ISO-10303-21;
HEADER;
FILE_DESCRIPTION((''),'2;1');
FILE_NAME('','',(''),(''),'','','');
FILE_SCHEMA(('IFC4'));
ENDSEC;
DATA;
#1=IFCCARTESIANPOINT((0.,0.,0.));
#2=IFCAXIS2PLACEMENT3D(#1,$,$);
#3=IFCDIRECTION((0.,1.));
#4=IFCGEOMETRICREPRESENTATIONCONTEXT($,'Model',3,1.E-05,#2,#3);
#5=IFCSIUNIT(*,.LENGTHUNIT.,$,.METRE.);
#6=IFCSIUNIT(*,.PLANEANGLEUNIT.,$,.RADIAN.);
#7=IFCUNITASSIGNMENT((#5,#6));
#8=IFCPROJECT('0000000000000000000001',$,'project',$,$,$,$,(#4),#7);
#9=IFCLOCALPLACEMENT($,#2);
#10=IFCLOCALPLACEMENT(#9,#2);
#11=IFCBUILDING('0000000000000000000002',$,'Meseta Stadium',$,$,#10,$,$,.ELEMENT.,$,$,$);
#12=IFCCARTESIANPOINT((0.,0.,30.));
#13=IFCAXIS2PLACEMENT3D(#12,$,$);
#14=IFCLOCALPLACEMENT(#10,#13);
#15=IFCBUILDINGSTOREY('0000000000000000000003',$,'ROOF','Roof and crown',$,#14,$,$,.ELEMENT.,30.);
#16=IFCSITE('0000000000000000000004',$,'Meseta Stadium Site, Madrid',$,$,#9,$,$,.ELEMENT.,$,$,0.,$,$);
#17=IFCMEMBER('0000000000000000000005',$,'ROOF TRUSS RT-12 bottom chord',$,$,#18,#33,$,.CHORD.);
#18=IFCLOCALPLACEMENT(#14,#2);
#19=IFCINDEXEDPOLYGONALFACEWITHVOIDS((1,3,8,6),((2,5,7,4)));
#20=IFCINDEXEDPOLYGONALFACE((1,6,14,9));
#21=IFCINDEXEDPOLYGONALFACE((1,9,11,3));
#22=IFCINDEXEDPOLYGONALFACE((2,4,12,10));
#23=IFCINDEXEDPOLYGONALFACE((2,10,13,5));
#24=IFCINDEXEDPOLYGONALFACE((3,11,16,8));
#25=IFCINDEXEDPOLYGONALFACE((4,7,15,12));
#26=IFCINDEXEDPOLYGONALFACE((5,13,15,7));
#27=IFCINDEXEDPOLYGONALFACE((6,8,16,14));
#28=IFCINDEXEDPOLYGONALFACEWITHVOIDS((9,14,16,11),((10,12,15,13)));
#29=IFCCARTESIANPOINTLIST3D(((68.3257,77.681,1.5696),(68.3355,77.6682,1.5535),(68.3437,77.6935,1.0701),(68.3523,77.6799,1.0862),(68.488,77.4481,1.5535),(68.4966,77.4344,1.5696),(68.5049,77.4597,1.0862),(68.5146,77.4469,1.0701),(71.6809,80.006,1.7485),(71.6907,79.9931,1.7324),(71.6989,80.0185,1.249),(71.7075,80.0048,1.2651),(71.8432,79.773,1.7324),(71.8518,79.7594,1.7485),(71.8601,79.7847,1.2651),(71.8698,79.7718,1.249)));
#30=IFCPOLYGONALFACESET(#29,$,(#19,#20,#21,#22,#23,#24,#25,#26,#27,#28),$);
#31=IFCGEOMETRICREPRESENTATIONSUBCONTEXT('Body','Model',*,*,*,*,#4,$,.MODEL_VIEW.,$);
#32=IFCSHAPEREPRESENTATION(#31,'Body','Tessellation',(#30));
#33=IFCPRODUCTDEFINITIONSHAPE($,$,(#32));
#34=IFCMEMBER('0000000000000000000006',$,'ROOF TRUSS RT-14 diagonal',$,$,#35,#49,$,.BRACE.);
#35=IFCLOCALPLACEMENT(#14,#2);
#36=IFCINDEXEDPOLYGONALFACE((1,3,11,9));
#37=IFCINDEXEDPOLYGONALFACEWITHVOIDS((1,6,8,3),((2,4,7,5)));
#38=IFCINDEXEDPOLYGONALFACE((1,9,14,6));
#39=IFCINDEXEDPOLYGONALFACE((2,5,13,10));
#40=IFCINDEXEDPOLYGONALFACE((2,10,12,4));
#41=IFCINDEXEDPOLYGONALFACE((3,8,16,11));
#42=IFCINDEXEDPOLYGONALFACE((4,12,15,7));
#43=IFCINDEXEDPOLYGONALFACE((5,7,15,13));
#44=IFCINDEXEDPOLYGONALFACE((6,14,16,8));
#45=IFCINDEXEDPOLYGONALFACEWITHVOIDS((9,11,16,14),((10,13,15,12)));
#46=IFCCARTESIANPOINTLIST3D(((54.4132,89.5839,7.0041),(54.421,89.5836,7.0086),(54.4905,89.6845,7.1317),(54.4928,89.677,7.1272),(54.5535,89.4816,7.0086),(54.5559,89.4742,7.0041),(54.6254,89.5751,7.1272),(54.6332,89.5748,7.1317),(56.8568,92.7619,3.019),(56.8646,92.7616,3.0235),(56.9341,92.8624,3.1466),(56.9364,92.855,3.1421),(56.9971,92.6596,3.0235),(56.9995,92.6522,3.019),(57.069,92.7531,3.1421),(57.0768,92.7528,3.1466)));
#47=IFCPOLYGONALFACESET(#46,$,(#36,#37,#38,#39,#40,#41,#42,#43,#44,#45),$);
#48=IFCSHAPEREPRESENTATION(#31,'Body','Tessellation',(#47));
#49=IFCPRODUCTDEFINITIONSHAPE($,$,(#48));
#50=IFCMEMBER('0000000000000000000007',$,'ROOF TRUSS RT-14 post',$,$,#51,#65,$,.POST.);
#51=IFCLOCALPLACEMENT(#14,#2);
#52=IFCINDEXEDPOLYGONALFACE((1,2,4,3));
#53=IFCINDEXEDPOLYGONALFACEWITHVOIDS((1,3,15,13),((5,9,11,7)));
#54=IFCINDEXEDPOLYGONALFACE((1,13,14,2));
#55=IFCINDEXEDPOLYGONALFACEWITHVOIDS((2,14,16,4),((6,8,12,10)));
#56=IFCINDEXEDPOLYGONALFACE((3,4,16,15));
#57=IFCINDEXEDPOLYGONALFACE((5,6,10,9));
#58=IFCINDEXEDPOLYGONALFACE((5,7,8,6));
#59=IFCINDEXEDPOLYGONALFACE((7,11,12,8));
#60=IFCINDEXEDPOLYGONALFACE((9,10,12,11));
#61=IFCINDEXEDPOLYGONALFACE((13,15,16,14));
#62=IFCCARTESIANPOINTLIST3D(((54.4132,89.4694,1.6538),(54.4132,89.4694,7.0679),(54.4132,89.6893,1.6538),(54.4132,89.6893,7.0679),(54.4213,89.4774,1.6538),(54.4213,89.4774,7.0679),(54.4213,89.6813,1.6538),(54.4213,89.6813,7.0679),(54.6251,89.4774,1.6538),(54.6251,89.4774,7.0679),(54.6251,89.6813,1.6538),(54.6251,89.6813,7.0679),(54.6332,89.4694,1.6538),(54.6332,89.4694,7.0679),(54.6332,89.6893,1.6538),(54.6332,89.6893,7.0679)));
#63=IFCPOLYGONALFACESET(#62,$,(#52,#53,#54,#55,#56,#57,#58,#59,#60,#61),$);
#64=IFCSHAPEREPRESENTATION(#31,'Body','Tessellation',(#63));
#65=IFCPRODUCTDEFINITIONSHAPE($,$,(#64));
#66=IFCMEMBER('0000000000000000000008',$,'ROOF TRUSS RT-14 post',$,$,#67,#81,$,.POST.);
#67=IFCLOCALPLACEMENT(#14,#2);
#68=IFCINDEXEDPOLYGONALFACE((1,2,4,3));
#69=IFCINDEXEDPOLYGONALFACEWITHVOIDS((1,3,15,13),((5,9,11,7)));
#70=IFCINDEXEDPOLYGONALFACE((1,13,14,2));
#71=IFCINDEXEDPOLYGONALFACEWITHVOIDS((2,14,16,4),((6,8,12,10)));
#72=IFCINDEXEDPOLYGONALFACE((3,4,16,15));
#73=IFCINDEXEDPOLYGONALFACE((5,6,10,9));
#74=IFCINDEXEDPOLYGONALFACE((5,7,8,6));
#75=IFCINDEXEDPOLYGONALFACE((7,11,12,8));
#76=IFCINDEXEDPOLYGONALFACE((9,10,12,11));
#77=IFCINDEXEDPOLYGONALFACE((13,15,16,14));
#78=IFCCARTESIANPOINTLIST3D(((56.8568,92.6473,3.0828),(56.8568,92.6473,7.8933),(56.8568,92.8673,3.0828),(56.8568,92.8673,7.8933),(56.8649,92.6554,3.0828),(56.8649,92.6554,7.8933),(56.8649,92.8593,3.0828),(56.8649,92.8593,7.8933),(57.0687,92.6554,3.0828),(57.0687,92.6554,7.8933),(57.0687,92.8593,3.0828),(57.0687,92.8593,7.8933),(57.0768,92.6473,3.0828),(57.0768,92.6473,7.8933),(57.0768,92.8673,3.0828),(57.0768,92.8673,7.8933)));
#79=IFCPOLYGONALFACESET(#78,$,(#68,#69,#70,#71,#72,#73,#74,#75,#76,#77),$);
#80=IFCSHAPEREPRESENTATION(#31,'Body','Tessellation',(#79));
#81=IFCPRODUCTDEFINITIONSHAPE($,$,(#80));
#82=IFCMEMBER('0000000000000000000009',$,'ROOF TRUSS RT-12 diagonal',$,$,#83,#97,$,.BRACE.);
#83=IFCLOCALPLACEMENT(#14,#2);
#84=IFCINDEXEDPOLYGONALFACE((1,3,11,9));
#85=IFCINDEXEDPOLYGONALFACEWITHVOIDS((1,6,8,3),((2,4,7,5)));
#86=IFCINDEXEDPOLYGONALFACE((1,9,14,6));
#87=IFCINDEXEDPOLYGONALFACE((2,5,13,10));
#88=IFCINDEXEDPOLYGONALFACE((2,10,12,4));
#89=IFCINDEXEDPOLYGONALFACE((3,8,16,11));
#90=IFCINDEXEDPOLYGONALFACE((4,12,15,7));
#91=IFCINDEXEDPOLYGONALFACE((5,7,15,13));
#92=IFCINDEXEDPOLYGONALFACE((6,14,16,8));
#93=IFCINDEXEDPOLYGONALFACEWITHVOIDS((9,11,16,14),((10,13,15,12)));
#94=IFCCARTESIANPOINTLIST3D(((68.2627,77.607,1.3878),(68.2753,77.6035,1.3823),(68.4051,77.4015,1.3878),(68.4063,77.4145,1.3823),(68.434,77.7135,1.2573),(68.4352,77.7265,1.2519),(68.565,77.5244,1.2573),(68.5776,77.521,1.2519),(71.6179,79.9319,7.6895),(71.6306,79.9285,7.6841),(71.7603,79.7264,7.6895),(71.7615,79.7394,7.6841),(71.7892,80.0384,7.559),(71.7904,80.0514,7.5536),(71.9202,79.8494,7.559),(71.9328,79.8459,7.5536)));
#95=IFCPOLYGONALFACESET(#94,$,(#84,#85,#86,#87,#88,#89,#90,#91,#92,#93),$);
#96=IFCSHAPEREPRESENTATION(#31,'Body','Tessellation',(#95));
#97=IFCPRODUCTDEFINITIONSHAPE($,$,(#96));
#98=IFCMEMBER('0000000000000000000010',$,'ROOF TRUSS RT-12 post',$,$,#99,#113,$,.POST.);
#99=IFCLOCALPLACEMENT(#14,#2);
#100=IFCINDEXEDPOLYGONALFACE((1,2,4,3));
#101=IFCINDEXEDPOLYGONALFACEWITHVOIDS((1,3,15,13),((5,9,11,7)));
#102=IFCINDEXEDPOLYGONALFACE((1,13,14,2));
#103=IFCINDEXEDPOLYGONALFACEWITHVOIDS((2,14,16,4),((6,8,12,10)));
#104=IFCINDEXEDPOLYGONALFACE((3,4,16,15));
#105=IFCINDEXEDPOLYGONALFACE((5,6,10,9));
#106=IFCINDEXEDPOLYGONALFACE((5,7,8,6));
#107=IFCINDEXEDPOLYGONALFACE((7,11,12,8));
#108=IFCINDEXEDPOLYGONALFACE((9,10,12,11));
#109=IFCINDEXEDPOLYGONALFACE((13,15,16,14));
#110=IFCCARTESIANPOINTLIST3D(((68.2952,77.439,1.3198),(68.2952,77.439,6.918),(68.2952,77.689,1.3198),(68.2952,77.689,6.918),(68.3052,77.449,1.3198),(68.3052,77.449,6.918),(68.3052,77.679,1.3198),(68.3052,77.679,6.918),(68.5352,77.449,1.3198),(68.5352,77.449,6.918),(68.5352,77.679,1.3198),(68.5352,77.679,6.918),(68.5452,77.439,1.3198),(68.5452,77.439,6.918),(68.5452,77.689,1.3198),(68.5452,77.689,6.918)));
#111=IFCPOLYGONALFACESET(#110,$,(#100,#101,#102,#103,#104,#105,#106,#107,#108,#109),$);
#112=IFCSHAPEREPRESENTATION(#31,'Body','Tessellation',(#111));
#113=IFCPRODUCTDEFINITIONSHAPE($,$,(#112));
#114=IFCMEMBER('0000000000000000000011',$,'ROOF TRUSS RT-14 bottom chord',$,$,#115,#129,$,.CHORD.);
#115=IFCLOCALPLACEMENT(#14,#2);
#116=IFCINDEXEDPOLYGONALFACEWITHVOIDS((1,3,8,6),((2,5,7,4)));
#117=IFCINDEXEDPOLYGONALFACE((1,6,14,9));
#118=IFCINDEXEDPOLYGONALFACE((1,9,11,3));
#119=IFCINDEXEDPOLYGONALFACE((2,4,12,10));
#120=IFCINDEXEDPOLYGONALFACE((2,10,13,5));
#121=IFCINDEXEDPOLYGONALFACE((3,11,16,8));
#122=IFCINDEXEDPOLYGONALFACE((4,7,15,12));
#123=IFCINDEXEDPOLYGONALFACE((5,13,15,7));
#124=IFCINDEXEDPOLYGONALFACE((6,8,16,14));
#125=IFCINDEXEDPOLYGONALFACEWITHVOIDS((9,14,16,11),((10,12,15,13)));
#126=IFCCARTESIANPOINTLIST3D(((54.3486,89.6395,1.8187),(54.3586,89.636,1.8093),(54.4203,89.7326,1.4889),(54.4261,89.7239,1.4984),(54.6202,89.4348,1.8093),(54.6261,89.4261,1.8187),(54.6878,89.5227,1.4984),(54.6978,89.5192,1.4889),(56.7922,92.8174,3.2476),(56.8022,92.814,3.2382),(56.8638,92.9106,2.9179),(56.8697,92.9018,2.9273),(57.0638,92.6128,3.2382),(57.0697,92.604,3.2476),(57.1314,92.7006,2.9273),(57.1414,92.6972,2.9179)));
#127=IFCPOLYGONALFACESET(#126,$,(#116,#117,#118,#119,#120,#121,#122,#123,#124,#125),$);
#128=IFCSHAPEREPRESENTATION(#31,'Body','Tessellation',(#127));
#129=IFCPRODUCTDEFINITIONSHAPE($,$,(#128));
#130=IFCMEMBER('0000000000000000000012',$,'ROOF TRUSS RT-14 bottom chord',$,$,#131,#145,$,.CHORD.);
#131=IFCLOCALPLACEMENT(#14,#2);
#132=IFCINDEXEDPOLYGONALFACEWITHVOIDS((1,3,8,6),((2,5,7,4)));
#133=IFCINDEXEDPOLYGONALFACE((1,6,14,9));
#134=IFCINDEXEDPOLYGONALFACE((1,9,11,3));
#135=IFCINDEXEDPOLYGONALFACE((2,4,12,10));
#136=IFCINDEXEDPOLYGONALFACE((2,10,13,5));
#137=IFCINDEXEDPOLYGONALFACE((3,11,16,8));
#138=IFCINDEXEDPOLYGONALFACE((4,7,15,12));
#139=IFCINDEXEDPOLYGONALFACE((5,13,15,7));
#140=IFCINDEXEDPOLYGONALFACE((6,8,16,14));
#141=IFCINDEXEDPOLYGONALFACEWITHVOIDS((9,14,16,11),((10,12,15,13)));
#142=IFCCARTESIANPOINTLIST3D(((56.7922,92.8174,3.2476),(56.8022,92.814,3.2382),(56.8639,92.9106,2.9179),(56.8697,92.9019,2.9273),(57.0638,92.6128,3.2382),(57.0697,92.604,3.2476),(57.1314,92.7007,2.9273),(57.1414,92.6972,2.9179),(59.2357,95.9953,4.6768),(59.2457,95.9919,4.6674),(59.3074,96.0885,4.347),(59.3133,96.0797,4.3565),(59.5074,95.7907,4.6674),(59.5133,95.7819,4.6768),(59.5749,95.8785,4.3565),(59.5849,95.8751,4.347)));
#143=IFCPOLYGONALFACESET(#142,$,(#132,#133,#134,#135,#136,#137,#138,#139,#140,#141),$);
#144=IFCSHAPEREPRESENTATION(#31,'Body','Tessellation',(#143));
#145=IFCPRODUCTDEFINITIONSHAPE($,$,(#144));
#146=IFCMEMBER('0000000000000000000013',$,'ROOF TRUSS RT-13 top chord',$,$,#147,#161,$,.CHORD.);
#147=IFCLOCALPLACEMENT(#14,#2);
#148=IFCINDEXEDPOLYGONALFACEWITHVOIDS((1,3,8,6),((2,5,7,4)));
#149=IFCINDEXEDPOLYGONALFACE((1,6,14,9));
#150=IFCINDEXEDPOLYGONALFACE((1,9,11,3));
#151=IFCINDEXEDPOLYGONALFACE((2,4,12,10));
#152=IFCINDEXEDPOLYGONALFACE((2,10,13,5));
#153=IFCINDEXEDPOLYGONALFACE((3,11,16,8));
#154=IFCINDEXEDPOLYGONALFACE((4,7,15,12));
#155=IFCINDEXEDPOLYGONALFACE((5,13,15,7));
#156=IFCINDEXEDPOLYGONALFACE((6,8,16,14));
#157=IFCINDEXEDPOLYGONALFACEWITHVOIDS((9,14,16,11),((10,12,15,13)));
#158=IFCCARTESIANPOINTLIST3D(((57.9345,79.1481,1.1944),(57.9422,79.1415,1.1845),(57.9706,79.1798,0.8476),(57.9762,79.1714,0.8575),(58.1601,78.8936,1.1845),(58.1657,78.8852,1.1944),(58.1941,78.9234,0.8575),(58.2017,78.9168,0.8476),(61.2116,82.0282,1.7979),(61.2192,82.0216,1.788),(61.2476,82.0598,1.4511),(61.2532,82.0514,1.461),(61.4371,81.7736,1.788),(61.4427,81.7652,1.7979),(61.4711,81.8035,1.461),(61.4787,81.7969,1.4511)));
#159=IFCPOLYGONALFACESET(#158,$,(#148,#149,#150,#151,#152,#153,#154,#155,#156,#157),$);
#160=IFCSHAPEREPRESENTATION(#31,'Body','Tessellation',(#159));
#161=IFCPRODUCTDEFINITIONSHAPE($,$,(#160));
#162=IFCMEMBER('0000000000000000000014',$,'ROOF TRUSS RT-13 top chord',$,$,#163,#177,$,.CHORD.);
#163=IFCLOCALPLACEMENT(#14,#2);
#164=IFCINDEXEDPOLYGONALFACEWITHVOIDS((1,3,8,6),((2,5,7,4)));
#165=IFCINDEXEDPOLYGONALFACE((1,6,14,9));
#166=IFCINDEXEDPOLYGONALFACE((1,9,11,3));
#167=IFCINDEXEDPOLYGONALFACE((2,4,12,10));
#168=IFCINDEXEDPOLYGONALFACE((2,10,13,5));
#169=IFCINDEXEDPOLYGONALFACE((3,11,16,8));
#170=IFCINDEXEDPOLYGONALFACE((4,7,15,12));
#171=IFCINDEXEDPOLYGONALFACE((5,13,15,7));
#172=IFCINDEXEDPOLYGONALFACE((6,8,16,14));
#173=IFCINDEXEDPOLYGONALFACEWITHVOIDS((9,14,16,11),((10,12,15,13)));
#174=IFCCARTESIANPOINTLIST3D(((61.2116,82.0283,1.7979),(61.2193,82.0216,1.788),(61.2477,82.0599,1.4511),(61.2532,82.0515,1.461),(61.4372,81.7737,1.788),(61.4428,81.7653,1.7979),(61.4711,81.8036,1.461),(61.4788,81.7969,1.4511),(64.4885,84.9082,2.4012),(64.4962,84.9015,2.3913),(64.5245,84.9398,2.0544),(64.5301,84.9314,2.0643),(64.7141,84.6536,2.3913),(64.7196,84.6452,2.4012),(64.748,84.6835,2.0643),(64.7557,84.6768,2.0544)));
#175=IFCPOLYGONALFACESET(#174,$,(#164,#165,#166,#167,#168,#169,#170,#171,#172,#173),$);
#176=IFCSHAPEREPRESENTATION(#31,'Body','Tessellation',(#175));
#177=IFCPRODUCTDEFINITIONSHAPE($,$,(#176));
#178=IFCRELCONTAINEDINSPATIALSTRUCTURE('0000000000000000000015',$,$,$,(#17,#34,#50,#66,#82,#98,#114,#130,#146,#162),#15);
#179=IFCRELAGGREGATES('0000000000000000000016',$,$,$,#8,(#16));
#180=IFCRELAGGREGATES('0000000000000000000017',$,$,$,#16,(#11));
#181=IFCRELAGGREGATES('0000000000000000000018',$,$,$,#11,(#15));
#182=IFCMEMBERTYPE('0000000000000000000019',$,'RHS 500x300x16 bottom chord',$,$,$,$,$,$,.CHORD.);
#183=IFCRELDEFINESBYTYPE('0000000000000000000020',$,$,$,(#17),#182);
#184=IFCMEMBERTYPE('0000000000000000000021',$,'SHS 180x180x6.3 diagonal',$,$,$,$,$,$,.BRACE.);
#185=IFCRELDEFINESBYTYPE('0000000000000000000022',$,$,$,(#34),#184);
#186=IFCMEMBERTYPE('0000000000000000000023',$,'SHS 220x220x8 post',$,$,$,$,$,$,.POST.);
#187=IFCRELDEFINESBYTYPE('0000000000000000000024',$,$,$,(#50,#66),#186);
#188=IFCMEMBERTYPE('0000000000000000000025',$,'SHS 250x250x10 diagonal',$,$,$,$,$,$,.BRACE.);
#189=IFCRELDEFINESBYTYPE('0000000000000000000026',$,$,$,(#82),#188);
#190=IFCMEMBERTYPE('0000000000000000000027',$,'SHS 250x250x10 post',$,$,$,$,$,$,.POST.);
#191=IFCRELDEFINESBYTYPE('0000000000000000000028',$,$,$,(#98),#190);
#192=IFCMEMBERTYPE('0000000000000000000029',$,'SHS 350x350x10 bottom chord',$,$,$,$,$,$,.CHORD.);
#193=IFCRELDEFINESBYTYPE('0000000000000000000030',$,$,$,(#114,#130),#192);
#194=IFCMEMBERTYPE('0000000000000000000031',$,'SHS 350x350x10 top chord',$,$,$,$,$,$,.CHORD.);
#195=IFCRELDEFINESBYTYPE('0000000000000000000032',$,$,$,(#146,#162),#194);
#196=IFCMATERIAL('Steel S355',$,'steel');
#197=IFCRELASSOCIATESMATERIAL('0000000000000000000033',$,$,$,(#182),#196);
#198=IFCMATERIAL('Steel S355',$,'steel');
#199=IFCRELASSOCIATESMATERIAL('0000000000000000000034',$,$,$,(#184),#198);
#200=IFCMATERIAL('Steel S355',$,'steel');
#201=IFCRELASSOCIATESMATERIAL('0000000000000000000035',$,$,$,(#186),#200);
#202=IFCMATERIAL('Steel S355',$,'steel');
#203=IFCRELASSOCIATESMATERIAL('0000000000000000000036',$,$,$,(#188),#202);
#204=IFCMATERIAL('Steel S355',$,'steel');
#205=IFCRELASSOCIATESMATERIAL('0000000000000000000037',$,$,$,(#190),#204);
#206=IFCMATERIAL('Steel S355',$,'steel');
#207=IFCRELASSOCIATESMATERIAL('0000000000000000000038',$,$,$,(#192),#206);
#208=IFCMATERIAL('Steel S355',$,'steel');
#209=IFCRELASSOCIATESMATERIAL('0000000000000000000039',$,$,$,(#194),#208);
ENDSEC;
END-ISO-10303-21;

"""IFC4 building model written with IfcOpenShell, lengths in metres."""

from ifc_helpers import new_model, si_unit, direction, frame, origin, origin_2d, place, context, subcontext, project, spatial, hollow_rectangle, extrude, material, material_profile, profile_set, type_object, element, save


model = new_model("IFC4")

# Units and contexts
model_context = context("Model", 3, precision=1e-05, world=origin(), true_north=direction((0.0, 1.0)))
body_context = subcontext(model_context, "Body", "Model", "MODEL_VIEW")
ifc_project = project(units=[si_unit("LENGTHUNIT", "METRE"), si_unit("PLANEANGLEUNIT", "RADIAN")], contexts=[model_context])

# Site, building, storey
site_placement = place(None, origin())
site = spatial("IfcSite", under=ifc_project, at=site_placement, Name="Meseta Stadium Site, Madrid", CompositionType="ELEMENT", RefElevation=0.0)
building_placement = place(site_placement, origin())
building = spatial("IfcBuilding", under=site, at=building_placement, Name="Meseta Stadium", CompositionType="ELEMENT")
storey_placement = place(building_placement, frame((0.0, 0.0, 30.0)))
storey = spatial("IfcBuildingStorey", under=building, at=storey_placement, Name="ROOF", Description="Roof and crown", CompositionType="ELEMENT", Elevation=30.0)

# Members
ifc_material_1 = material(Name="Steel S355", Category="steel")
ifc_material_profile_1 = material_profile(ifc_material_1, hollow_rectangle(XDim=0.3, YDim=0.5, WallThickness=0.0161, at=origin_2d()), Name="RHS 500x300x16")
ifc_profile_set_1 = profile_set([ifc_material_profile_1], Name="Steel S355")
member_type_1 = type_object("IfcMemberType", Name="RHS 500x300x16 bottom chord", PredefinedType="CHORD", material=ifc_profile_set_1)
member_1_placement = place(storey_placement, frame((68.4202, 77.564, 1.3198), z_axis=(0.821162, 0.569012, 0.043798), x_axis=(-0.569558, 0.821951, 0.0)))
element("IfcMember", 1, at=member_1_placement, inside=storey, type_object=member_type_1, Name="ROOF TRUSS RT-12 bottom chord", PredefinedType="CHORD", context=body_context, shape_type="SweptSolid", body=[
    extrude(hollow_rectangle(XDim=0.3, YDim=0.5, WallThickness=0.0161, at=origin_2d()), origin(), (0.0, 0.0, 1.0), 4.0859),
])
ifc_material_2 = material(Name="Steel S355", Category="steel")
ifc_material_profile_2 = material_profile(ifc_material_2, hollow_rectangle(XDim=0.1799, YDim=0.1799, WallThickness=0.0063, at=origin_2d()), Name="SHS 180x180x6.3")
ifc_profile_set_2 = profile_set([ifc_material_profile_2], Name="Steel S355")
member_type_2 = type_object("IfcMemberType", Name="SHS 180x180x6.3 diagonal", PredefinedType="BRACE", material=ifc_profile_set_2)
member_2_placement = place(storey_placement, frame((54.5232, 89.5793, 7.0679), z_axis=(0.432298, 0.562216, -0.705005), x_axis=(-0.792744, 0.609555, 0.0)))
element("IfcMember", 2, at=member_2_placement, inside=storey, type_object=member_type_2, Name="ROOF TRUSS RT-14 diagonal", PredefinedType="BRACE", context=body_context, shape_type="SweptSolid", body=[
    extrude(hollow_rectangle(XDim=0.1799, YDim=0.1799, WallThickness=0.0063, at=origin_2d()), origin(), (0.0, 0.0, 1.0), 5.6526),
])
ifc_material_3 = material(Name="Steel S355", Category="steel")
ifc_material_profile_3 = material_profile(ifc_material_3, hollow_rectangle(XDim=0.22, YDim=0.22, WallThickness=0.0081, at=origin_2d()), Name="SHS 220x220x8")
ifc_profile_set_3 = profile_set([ifc_material_profile_3], Name="Steel S355")
member_type_3 = type_object("IfcMemberType", Name="SHS 220x220x8 post", PredefinedType="POST", material=ifc_profile_set_3)
member_3_placement = place(storey_placement, frame((54.5232, 89.5793, 1.6538), z_axis=(0.0, 0.0, 1.0), x_axis=(1.0, 0.0, 0.0)))
element("IfcMember", 3, at=member_3_placement, inside=storey, type_object=member_type_3, Name="ROOF TRUSS RT-14 post", PredefinedType="POST", context=body_context, shape_type="SweptSolid", body=[
    extrude(hollow_rectangle(XDim=0.22, YDim=0.22, WallThickness=0.0081, at=origin_2d()), origin(), (0.0, 0.0, 1.0), 5.4141),
])
member_4_placement = place(storey_placement, frame((56.9668, 92.7573, 3.0828), z_axis=(0.0, 0.0, 1.0), x_axis=(1.0, 0.0, 0.0)))
element("IfcMember", 4, at=member_4_placement, inside=storey, type_object=member_type_3, Name="ROOF TRUSS RT-14 post", PredefinedType="POST", context=body_context, shape_type="SweptSolid", body=[
    extrude(hollow_rectangle(XDim=0.22, YDim=0.22, WallThickness=0.0081, at=origin_2d()), origin(), (0.0, 0.0, 1.0), 4.8105),
])
ifc_material_4 = material(Name="Steel S355", Category="steel")
ifc_material_profile_4 = material_profile(ifc_material_4, hollow_rectangle(XDim=0.25, YDim=0.25, WallThickness=0.01, at=origin_2d()), Name="SHS 250x250x10")
ifc_profile_set_4 = profile_set([ifc_material_profile_4], Name="Steel S355")
member_type_4 = type_object("IfcMemberType", Name="SHS 250x250x10 diagonal", PredefinedType="BRACE", material=ifc_profile_set_4)
member_5_placement = place(storey_placement, frame((68.4202, 77.564, 1.3198), z_axis=(0.446867, 0.309649, 0.839302), x_axis=(-0.569558, 0.821951, 0.0)))
element("IfcMember", 5, at=member_5_placement, inside=storey, type_object=member_type_4, Name="ROOF TRUSS RT-12 diagonal", PredefinedType="BRACE", context=body_context, shape_type="SweptSolid", body=[
    extrude(hollow_rectangle(XDim=0.25, YDim=0.25, WallThickness=0.01, at=origin_2d()), origin(), (0.0, 0.0, 1.0), 7.5083),
])
ifc_material_5 = material(Name="Steel S355", Category="steel")
ifc_material_profile_5 = material_profile(ifc_material_5, hollow_rectangle(XDim=0.25, YDim=0.25, WallThickness=0.01, at=origin_2d()), Name="SHS 250x250x10")
ifc_profile_set_5 = profile_set([ifc_material_profile_5], Name="Steel S355")
member_type_5 = type_object("IfcMemberType", Name="SHS 250x250x10 post", PredefinedType="POST", material=ifc_profile_set_5)
member_6_placement = place(storey_placement, frame((68.4202, 77.564, 1.3198), z_axis=(0.0, 0.0, 1.0), x_axis=(1.0, 0.0, 0.0)))
element("IfcMember", 6, at=member_6_placement, inside=storey, type_object=member_type_5, Name="ROOF TRUSS RT-12 post", PredefinedType="POST", context=body_context, shape_type="SweptSolid", body=[
    extrude(hollow_rectangle(XDim=0.25, YDim=0.25, WallThickness=0.01, at=origin_2d()), origin(), (0.0, 0.0, 1.0), 5.5981),
])
ifc_material_6 = material(Name="Steel S355", Category="steel")
ifc_material_profile_6 = material_profile(ifc_material_6, hollow_rectangle(XDim=0.3501, YDim=0.3501, WallThickness=0.01, at=origin_2d()), Name="SHS 350x350x10")
ifc_profile_set_6 = profile_set([ifc_material_profile_6], Name="Steel S355")
member_type_6 = type_object("IfcMemberType", Name="SHS 350x350x10 bottom chord", PredefinedType="CHORD", material=ifc_profile_set_6)
for number, where, z_axis, x_axis, name in (
    (7, (54.5232, 89.5793, 1.6538), (0.574169, 0.746724, 0.335759), (-0.792744, 0.609555, 0.0), "ROOF TRUSS RT-14 bottom chord"),
    (8, (56.9668, 92.7573, 3.0828), (0.574158, 0.746709, 0.33581), (-0.792744, 0.609555, 0.0), "ROOF TRUSS RT-14 bottom chord"),
):
    element("IfcMember", number, at=place(storey_placement, frame(where, z_axis=z_axis, x_axis=x_axis)), inside=storey, type_object=member_type_6, Name=name, PredefinedType="CHORD", context=body_context, shape_type="SweptSolid", body=[
        extrude(hollow_rectangle(XDim=0.3501, YDim=0.3501, WallThickness=0.01, at=origin_2d()), origin(), (0.0, 0.0, 1.0), 4.2559),
    ])
ifc_material_7 = material(Name="Steel S355", Category="steel")
ifc_material_profile_7 = material_profile(ifc_material_7, hollow_rectangle(XDim=0.3501, YDim=0.3501, WallThickness=0.01, at=origin_2d()), Name="SHS 350x350x10")
ifc_profile_set_7 = profile_set([ifc_material_profile_7], Name="Steel S355")
member_type_7 = type_object("IfcMemberType", Name="SHS 350x350x10 top chord", PredefinedType="CHORD", material=ifc_profile_set_7)
member_7_placement = place(storey_placement, frame((58.0681, 79.0325, 1.021), z_axis=(0.744051, 0.65392, 0.137026), x_axis=(-0.660147, 0.751136, 0.0)))
element("IfcMember", 9, at=member_7_placement, inside=storey, type_object=member_type_7, Name="ROOF TRUSS RT-13 top chord", PredefinedType="CHORD", context=body_context, shape_type="SweptSolid", body=[
    extrude(hollow_rectangle(XDim=0.3501, YDim=0.3501, WallThickness=0.01, at=origin_2d()), origin(), (0.0, 0.0, 1.0), 4.4043),
])
member_8_placement = place(storey_placement, frame((61.3452, 81.9126, 1.6245), z_axis=(0.744059, 0.653921, 0.136982), x_axis=(-0.660143, 0.75114, 0.0)))
element("IfcMember", 10, at=member_8_placement, inside=storey, type_object=member_type_7, Name="ROOF TRUSS RT-13 top chord", PredefinedType="CHORD", context=body_context, shape_type="SweptSolid", body=[
    extrude(hollow_rectangle(XDim=0.3501, YDim=0.3501, WallThickness=0.01, at=origin_2d()), origin(), (0.0, 0.0, 1.0), 4.4041),
])

save(model, "model.ifc")
